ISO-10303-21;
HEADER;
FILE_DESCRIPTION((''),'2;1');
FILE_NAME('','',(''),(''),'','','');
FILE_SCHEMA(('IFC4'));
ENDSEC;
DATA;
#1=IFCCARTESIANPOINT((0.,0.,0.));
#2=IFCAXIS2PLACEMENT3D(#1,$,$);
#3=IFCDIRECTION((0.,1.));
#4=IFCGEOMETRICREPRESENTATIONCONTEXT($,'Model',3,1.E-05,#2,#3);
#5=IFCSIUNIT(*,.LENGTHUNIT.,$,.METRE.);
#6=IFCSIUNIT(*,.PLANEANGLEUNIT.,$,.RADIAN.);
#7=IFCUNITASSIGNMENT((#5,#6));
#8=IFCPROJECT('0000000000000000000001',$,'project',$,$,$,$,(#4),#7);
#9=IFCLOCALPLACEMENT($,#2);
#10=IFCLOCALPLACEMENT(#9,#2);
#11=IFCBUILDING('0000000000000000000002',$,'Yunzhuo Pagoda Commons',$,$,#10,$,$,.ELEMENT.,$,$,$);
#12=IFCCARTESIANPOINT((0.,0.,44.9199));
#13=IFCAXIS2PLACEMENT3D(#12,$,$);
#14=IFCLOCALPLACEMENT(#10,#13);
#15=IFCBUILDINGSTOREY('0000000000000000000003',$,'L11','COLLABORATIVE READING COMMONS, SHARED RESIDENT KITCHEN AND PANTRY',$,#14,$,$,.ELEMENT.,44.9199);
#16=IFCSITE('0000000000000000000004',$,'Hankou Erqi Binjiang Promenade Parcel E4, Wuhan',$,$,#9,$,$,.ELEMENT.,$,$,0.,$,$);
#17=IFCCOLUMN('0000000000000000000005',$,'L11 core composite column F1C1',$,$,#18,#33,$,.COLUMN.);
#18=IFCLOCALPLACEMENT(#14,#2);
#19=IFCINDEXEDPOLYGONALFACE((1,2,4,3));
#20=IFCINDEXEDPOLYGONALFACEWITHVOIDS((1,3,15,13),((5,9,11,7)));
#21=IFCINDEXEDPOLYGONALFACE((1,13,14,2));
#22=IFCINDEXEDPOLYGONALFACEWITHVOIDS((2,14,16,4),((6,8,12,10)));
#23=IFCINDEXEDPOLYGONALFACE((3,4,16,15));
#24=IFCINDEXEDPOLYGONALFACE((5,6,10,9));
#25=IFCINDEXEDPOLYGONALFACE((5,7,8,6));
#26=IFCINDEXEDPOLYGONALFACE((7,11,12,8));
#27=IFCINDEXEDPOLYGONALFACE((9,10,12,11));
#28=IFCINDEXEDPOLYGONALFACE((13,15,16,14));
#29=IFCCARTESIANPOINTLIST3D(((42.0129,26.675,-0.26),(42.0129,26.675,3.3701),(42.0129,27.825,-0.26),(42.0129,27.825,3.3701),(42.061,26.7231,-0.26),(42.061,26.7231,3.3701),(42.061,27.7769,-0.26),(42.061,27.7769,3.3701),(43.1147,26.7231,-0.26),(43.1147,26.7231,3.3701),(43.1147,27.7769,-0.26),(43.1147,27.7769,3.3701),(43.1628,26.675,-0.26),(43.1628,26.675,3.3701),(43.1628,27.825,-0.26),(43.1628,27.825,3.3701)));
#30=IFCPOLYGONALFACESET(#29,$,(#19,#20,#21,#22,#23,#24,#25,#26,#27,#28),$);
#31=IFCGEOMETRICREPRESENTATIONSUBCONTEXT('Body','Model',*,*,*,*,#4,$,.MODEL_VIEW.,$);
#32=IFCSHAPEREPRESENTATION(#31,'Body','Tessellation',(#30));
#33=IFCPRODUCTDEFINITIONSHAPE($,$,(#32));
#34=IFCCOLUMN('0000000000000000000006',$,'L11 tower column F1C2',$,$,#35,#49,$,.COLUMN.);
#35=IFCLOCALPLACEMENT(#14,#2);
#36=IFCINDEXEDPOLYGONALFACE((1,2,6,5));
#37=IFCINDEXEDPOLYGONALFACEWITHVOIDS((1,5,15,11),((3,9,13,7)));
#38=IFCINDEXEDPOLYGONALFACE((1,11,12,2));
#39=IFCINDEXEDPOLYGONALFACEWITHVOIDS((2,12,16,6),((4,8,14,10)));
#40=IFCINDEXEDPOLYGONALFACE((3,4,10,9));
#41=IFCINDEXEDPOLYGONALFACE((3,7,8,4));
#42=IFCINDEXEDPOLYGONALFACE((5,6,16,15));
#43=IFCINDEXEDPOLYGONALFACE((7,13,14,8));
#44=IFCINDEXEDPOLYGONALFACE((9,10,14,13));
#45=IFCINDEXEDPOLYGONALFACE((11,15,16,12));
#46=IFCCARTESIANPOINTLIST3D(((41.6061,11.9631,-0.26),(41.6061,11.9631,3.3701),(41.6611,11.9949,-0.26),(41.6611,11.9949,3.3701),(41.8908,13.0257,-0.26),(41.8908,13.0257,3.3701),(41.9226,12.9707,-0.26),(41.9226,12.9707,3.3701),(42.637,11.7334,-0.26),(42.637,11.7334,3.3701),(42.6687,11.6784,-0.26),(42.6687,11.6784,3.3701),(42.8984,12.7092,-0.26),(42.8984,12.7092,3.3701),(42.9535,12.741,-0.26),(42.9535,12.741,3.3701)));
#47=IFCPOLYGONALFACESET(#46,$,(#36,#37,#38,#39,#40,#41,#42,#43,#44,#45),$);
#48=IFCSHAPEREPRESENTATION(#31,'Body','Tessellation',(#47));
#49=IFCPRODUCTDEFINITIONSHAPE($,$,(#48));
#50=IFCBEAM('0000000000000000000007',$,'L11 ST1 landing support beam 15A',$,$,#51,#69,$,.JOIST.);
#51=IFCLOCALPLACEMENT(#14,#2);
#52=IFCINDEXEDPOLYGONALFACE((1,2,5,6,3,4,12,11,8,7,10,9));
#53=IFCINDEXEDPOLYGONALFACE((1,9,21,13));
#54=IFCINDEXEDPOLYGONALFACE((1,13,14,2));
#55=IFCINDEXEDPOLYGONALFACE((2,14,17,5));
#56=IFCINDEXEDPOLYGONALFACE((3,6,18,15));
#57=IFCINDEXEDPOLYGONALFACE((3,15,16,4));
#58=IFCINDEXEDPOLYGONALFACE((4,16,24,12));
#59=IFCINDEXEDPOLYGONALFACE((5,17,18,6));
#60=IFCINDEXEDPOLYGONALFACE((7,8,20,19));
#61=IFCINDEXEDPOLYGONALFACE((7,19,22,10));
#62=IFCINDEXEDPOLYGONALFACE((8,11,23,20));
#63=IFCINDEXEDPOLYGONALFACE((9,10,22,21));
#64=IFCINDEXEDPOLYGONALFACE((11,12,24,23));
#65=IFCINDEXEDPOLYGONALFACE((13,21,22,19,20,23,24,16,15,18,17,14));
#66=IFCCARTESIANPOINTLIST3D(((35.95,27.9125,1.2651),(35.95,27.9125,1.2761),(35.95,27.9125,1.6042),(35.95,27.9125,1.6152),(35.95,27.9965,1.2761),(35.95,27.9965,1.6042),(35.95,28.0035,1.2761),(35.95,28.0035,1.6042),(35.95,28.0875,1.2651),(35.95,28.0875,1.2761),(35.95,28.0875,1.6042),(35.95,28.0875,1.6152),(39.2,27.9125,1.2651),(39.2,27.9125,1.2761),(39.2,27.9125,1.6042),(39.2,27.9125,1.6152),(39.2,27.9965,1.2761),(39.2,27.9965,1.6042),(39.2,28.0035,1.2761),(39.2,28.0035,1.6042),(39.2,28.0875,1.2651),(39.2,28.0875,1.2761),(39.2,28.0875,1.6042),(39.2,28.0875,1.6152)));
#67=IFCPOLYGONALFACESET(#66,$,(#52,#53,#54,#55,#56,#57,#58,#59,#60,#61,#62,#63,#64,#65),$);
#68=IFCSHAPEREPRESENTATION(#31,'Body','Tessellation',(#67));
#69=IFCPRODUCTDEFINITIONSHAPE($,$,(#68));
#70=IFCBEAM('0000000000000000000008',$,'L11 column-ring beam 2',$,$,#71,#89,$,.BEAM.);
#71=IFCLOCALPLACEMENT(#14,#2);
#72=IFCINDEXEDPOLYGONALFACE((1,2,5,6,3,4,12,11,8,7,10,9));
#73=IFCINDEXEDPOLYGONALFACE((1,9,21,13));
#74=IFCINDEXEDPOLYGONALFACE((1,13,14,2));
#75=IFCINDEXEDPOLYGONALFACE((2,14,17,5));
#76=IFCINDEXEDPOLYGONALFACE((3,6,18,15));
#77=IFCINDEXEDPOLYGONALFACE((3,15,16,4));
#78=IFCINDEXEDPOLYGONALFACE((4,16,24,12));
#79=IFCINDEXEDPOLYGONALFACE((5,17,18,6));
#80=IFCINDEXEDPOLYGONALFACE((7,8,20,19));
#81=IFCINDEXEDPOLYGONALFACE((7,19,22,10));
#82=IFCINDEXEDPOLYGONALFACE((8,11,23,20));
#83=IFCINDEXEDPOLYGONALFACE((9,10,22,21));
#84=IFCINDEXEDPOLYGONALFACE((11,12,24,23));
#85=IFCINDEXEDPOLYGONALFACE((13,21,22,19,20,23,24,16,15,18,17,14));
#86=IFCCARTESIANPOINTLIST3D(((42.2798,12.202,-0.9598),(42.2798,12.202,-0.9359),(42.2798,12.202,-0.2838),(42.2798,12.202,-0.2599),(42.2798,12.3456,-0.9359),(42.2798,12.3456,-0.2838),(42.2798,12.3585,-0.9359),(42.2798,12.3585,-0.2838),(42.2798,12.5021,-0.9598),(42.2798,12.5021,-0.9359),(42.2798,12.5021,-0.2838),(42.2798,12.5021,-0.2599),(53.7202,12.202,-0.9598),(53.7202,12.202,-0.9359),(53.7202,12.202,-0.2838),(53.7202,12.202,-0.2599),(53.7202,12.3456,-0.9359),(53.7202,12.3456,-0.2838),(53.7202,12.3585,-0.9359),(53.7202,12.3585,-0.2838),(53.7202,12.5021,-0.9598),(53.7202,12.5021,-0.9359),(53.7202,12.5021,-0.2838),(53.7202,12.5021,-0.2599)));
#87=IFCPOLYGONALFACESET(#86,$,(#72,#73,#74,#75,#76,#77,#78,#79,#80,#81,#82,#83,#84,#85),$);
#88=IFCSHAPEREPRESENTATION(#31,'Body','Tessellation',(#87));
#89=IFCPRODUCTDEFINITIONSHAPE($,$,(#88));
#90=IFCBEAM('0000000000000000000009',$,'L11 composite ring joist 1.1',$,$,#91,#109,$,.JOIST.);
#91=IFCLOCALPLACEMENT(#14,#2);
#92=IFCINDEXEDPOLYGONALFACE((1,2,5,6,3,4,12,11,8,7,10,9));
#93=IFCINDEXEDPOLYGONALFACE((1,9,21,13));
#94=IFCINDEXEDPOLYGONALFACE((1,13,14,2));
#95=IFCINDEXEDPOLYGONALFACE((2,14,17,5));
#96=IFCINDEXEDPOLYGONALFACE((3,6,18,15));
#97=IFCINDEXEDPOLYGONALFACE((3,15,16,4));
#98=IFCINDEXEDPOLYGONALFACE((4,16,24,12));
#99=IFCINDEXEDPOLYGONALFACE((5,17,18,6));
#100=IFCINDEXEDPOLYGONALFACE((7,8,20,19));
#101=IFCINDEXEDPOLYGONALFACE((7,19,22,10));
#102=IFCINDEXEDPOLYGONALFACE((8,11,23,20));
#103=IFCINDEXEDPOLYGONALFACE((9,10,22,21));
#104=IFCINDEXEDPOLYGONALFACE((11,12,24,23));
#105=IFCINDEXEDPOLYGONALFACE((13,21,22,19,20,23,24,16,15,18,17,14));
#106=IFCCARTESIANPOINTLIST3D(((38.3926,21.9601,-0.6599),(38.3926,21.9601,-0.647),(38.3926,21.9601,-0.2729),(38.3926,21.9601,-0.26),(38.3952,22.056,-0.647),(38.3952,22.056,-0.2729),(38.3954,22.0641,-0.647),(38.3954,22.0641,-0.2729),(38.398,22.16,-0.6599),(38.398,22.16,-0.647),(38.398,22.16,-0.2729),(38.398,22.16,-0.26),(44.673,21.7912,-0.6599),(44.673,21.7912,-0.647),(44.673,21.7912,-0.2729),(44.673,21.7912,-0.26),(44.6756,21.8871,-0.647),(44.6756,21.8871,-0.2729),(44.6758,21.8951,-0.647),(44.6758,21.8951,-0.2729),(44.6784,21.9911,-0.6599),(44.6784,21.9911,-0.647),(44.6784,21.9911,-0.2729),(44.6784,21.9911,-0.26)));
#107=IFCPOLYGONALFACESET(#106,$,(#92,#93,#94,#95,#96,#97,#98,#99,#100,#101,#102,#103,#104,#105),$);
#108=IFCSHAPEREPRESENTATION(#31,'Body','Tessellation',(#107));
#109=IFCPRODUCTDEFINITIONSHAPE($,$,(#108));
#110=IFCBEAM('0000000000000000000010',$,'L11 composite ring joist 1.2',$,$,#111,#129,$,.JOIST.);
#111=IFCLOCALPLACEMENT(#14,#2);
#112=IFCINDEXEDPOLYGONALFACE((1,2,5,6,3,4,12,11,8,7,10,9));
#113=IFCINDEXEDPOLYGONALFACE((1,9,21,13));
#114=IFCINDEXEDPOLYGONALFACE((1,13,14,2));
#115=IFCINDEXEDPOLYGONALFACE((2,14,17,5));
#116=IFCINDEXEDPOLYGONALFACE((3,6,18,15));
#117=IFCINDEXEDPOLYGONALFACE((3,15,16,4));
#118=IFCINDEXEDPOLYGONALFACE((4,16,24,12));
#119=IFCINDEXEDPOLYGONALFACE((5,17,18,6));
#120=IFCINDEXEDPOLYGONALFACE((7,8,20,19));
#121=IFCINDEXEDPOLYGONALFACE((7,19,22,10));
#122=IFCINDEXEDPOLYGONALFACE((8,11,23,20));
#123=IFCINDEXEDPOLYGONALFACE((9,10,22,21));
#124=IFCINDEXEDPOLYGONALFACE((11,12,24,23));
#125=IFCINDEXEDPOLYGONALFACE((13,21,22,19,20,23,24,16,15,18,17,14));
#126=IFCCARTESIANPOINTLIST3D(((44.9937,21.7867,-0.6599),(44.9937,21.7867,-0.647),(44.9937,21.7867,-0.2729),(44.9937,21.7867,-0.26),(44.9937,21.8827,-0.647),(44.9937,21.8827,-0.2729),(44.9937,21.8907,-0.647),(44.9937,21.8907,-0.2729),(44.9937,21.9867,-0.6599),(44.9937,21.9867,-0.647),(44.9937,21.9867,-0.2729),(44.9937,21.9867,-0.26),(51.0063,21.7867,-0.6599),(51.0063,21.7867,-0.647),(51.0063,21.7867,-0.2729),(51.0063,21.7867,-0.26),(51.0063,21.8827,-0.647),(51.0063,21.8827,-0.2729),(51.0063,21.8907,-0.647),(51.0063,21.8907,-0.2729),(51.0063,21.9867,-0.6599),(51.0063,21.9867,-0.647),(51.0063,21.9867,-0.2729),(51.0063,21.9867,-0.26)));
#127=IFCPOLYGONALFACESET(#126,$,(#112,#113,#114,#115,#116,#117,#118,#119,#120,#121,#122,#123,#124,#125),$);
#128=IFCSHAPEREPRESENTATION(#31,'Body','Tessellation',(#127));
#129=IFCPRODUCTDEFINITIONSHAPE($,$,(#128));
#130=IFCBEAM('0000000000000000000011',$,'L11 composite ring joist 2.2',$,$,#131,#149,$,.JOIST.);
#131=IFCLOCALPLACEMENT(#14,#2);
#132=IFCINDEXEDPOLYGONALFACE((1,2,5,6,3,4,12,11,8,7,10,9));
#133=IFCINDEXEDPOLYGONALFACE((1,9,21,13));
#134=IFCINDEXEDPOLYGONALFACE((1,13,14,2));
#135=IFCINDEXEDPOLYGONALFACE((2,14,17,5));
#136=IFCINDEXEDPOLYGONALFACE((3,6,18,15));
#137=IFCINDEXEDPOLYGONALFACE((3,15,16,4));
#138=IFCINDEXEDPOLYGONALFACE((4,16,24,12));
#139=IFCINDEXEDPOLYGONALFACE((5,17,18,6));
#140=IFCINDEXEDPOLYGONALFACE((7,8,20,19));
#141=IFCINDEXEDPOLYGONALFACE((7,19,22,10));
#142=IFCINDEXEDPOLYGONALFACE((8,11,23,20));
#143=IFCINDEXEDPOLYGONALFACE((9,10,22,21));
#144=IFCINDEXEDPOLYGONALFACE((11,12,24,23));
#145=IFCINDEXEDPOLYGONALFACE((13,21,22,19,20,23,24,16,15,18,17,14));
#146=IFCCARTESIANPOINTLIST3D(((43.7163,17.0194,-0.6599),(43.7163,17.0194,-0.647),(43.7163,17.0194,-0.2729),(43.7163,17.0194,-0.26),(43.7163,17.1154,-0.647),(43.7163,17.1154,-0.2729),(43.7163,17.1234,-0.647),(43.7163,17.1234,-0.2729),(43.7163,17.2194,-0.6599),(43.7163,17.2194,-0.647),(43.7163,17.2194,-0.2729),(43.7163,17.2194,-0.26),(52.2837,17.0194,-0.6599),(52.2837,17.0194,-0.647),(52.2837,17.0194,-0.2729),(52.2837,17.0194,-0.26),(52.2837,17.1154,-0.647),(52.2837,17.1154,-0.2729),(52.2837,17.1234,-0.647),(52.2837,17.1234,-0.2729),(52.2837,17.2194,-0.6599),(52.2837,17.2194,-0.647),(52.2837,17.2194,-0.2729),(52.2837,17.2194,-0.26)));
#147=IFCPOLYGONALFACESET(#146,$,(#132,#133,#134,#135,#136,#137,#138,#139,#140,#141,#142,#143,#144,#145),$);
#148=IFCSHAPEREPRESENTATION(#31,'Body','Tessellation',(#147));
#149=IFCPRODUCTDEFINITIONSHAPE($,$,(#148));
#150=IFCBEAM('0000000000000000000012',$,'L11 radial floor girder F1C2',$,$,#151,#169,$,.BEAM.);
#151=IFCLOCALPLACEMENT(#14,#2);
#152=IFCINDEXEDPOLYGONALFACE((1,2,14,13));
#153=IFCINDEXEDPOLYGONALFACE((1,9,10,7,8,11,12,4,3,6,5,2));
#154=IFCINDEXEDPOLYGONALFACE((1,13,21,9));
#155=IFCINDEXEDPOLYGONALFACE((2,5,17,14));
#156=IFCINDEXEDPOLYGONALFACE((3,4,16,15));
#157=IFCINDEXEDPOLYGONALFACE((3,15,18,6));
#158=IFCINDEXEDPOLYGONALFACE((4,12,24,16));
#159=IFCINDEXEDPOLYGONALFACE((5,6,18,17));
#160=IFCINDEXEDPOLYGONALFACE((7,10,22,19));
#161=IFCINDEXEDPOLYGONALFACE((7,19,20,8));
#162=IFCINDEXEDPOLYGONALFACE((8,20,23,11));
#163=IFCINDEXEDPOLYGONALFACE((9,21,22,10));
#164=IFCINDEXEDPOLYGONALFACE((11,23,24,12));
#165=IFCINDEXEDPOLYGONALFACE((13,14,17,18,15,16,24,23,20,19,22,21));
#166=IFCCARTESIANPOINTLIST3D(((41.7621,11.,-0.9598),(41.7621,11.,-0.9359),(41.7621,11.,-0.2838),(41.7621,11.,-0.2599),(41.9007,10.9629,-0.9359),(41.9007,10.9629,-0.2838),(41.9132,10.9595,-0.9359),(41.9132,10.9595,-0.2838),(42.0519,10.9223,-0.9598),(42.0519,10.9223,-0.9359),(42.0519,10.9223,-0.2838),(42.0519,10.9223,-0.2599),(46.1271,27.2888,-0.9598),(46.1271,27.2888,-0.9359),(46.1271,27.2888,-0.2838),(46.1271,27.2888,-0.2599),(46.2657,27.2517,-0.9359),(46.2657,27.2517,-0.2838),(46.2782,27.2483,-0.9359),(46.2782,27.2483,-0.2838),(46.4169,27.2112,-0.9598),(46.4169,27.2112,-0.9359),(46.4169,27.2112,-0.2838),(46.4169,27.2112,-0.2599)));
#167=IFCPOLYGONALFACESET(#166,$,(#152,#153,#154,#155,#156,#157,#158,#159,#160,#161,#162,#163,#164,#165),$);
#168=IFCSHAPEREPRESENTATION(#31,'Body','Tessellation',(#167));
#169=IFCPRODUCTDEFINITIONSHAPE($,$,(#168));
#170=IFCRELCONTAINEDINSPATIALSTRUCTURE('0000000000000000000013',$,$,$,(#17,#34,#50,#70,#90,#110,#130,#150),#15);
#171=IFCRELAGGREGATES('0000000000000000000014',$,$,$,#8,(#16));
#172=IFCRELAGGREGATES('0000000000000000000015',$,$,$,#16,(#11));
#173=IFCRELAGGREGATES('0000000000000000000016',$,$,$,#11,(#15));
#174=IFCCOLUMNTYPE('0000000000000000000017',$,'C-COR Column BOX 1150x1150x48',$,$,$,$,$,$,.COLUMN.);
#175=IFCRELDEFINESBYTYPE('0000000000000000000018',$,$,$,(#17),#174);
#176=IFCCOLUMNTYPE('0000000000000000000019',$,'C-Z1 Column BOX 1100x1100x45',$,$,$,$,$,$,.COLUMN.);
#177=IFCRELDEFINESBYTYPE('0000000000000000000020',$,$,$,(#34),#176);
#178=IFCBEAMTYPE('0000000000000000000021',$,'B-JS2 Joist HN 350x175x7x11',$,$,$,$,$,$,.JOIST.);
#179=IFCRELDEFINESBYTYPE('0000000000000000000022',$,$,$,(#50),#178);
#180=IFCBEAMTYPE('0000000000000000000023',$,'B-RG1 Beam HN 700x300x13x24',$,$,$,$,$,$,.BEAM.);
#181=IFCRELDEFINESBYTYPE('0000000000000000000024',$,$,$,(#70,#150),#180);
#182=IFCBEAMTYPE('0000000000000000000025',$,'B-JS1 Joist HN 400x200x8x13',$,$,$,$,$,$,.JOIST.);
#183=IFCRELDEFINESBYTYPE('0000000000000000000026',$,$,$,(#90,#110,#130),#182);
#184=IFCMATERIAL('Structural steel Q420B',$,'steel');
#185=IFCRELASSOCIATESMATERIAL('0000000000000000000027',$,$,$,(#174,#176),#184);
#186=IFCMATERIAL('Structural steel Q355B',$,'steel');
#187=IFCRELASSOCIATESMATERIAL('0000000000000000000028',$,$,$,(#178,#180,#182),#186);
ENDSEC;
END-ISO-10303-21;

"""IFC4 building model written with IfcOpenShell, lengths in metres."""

from ifc_helpers import new_model, si_unit, direction, frame, origin, origin_2d, place, context, subcontext, project, spatial, hollow_rectangle, i_section, extrude, source, transform, mapped, material, material_profile, profile_set, type_object, element, save


model = new_model("IFC4")

# Units and contexts
model_context = context("Model", 3, precision=1e-05, world=origin(), true_north=direction((0.0, 1.0)))
body_context = subcontext(model_context, "Body", "Model", "MODEL_VIEW")
ifc_project = project(units=[si_unit("LENGTHUNIT", "METRE"), si_unit("PLANEANGLEUNIT", "RADIAN")], contexts=[model_context])

# Site, building, storey
site_placement = place(None, origin())
site = spatial("IfcSite", under=ifc_project, at=site_placement, Name="Hankou Erqi Binjiang Promenade Parcel E4, Wuhan", CompositionType="ELEMENT", RefElevation=0.0)
building_placement = place(site_placement, origin())
building = spatial("IfcBuilding", under=site, at=building_placement, Name="Yunzhuo Pagoda Commons", CompositionType="ELEMENT")
storey_placement = place(building_placement, frame((0.0, 0.0, 44.9199)))
storey = spatial("IfcBuildingStorey", under=building, at=storey_placement, Name="L11", Description="COLLABORATIVE READING COMMONS, SHARED RESIDENT KITCHEN AND PANTRY", CompositionType="ELEMENT", Elevation=44.9199)

# Columns
ifc_material_1 = material(Name="Structural steel Q420B", Category="steel")
ifc_material_profile_1 = material_profile(ifc_material_1, hollow_rectangle(XDim=1.1499, YDim=1.1499, WallThickness=0.0481, at=origin_2d()), Name="Structural steel Q420B")
ifc_profile_set_1 = profile_set([ifc_material_profile_1], Name="Structural steel Q420B")
column_type_1 = type_object("IfcColumnType", Name="C-COR Column BOX 1150x1150x48", PredefinedType="COLUMN", material=ifc_profile_set_1)
shared_shape_1 = source(origin(), body_context, "Body", "SweptSolid", [
    extrude(hollow_rectangle(XDim=1.1499, YDim=1.1499, WallThickness=0.0481, at=origin_2d()), origin(), (0.0, 0.0, 1.0), 3.6301),
])
column_1_placement = place(storey_placement, frame((42.5879, 27.25, -0.26), z_axis=(0.0, 0.0, 1.0), x_axis=(1.0, 0.0, 0.0)))
element("IfcColumn", 1, at=column_1_placement, inside=storey, type_object=column_type_1, Name="L11 core composite column F1C1", PredefinedType="COLUMN", context=body_context, shape_type="MappedRepresentation", body=[
    mapped(shared_shape_1, transform((0.0, 0.0, 0.0), scale=1.0)),
])
ifc_material_profile_2 = material_profile(ifc_material_1, hollow_rectangle(XDim=1.1001, YDim=1.1001, WallThickness=0.0449, at=origin_2d()), Name="Structural steel Q420B")
ifc_profile_set_2 = profile_set([ifc_material_profile_2], Name="Structural steel Q420B")
column_type_2 = type_object("IfcColumnType", Name="C-Z1 Column BOX 1100x1100x45", PredefinedType="COLUMN", material=ifc_profile_set_2)
shared_shape_2 = source(origin(), body_context, "Body", "SweptSolid", [
    extrude(hollow_rectangle(XDim=1.1001, YDim=1.1001, WallThickness=0.0449, at=origin_2d()), origin(), (0.0, 0.0, 1.0), 3.6301),
])
column_2_placement = place(storey_placement, frame((42.2798, 12.3521, -0.26), z_axis=(0.0, 0.0, 1.0), x_axis=(0.965926, -0.258819, 0.0)))
element("IfcColumn", 2, at=column_2_placement, inside=storey, type_object=column_type_2, Name="L11 tower column F1C2", PredefinedType="COLUMN", context=body_context, shape_type="MappedRepresentation", body=[
    mapped(shared_shape_2, transform((0.0, 0.0, 0.0), scale=1.0)),
])

# Beams
ifc_material_2 = material(Name="Structural steel Q355B", Category="steel")
ifc_material_profile_3 = material_profile(ifc_material_2, i_section(OverallWidth=0.175, OverallDepth=0.3501, WebThickness=0.0071, FlangeThickness=0.011, at=origin_2d()), Name="Structural steel Q355B")
ifc_profile_set_3 = profile_set([ifc_material_profile_3], Name="Structural steel Q355B")
beam_type_1 = type_object("IfcBeamType", Name="B-JS2 Joist HN 350x175x7x11", PredefinedType="JOIST", material=ifc_profile_set_3)
shared_shape_3 = source(origin(), body_context, "Body", "SweptSolid", [
    extrude(i_section(OverallWidth=0.175, OverallDepth=0.3501, WebThickness=0.0071, FlangeThickness=0.011, at=origin_2d()), origin(), (0.0, 0.0, 1.0), 3.25),
])
beam_1_placement = place(storey_placement, frame((35.95, 28.0, 1.4402), z_axis=(1.0, 0.0, 0.0), x_axis=(0.0, 1.0, 0.0)))
element("IfcBeam", 3, at=beam_1_placement, inside=storey, type_object=beam_type_1, Name="L11 ST1 landing support beam 15A", PredefinedType="JOIST", context=body_context, shape_type="MappedRepresentation", body=[
    mapped(shared_shape_3, transform((0.0, 0.0, 0.0), scale=1.0)),
])
ifc_material_profile_4 = material_profile(ifc_material_2, i_section(OverallWidth=0.3, OverallDepth=0.7, WebThickness=0.0129, FlangeThickness=0.0239, at=origin_2d()), Name="Structural steel Q355B")
ifc_profile_set_4 = profile_set([ifc_material_profile_4], Name="Structural steel Q355B")
beam_type_2 = type_object("IfcBeamType", Name="B-RG1 Beam HN 700x300x13x24", PredefinedType="BEAM", material=ifc_profile_set_4)
shared_shape_4 = source(origin(), body_context, "Body", "SweptSolid", [
    extrude(i_section(OverallWidth=0.3, OverallDepth=0.7, WebThickness=0.0129, FlangeThickness=0.0239, at=origin_2d()), origin(), (0.0, 0.0, 1.0), 11.4404),
])
beam_2_placement = place(storey_placement, frame((42.2798, 12.3521, -0.6099), z_axis=(1.0, 0.0, 0.0), x_axis=(0.0, 1.0, 0.0)))
element("IfcBeam", 4, at=beam_2_placement, inside=storey, type_object=beam_type_2, Name="L11 column-ring beam 2", PredefinedType="BEAM", context=body_context, shape_type="MappedRepresentation", body=[
    mapped(shared_shape_4, transform((0.0, 0.0, 0.0), scale=1.0)),
])
ifc_material_profile_5 = material_profile(ifc_material_2, i_section(OverallWidth=0.2, OverallDepth=0.3999, WebThickness=0.0081, FlangeThickness=0.0129, at=origin_2d()), Name="Structural steel Q355B")
ifc_profile_set_5 = profile_set([ifc_material_profile_5], Name="Structural steel Q355B")
beam_type_3 = type_object("IfcBeamType", Name="B-JS1 Joist HN 400x200x8x13", PredefinedType="JOIST", material=ifc_profile_set_5)
shared_shape_5 = source(origin(), body_context, "Body", "SweptSolid", [
    extrude(i_section(OverallWidth=0.2, OverallDepth=0.3999, WebThickness=0.0081, FlangeThickness=0.0129, at=origin_2d()), origin(), (0.0, 0.0, 1.0), 6.2827),
])
beam_3_placement = place(storey_placement, frame((38.3953, 22.0601, -0.46), z_axis=(0.999638, -0.02689, 0.0), x_axis=(0.02689, 0.999638, 0.0)))
element("IfcBeam", 5, at=beam_3_placement, inside=storey, type_object=beam_type_3, Name="L11 composite ring joist 1.1", PredefinedType="JOIST", context=body_context, shape_type="MappedRepresentation", body=[
    mapped(shared_shape_5, transform((0.0, 0.0, 0.0), scale=1.0)),
])
shared_shape_6 = source(origin(), body_context, "Body", "SweptSolid", [
    extrude(i_section(OverallWidth=0.2, OverallDepth=0.3999, WebThickness=0.0081, FlangeThickness=0.0129, at=origin_2d()), origin(), (0.0, 0.0, 1.0), 6.0127),
])
beam_4_placement = place(storey_placement, frame((44.9937, 21.8867, -0.46), z_axis=(1.0, 0.0, 0.0), x_axis=(0.0, 1.0, 0.0)))
element("IfcBeam", 6, at=beam_4_placement, inside=storey, type_object=beam_type_3, Name="L11 composite ring joist 1.2", PredefinedType="JOIST", context=body_context, shape_type="MappedRepresentation", body=[
    mapped(shared_shape_6, transform((0.0, 0.0, 0.0), scale=1.0)),
])
shared_shape_7 = source(origin(), body_context, "Body", "SweptSolid", [
    extrude(i_section(OverallWidth=0.2, OverallDepth=0.3999, WebThickness=0.0081, FlangeThickness=0.0129, at=origin_2d()), origin(), (0.0, 0.0, 1.0), 8.5674),
])
beam_5_placement = place(storey_placement, frame((43.7163, 17.1194, -0.46), z_axis=(1.0, 0.0, 0.0), x_axis=(0.0, 1.0, 0.0)))
element("IfcBeam", 7, at=beam_5_placement, inside=storey, type_object=beam_type_3, Name="L11 composite ring joist 2.2", PredefinedType="JOIST", context=body_context, shape_type="MappedRepresentation", body=[
    mapped(shared_shape_7, transform((0.0, 0.0, 0.0), scale=1.0)),
])
shared_shape_8 = source(origin(), body_context, "Body", "SweptSolid", [
    extrude(i_section(OverallWidth=0.3, OverallDepth=0.7, WebThickness=0.0129, FlangeThickness=0.0239, at=origin_2d()), origin(), (0.0, 0.0, 1.0), 16.8635),
])
beam_6_placement = place(storey_placement, frame((41.907, 10.9612, -0.6099), z_axis=(0.258842, 0.96592, 0.0), x_axis=(-0.96592, 0.258842, 0.0)))
element("IfcBeam", 8, at=beam_6_placement, inside=storey, type_object=beam_type_2, Name="L11 radial floor girder F1C2", PredefinedType="BEAM", context=body_context, shape_type="MappedRepresentation", body=[
    mapped(shared_shape_8, transform((0.0, 0.0, 0.0), scale=1.0)),
])

save(model, "model.ifc")
